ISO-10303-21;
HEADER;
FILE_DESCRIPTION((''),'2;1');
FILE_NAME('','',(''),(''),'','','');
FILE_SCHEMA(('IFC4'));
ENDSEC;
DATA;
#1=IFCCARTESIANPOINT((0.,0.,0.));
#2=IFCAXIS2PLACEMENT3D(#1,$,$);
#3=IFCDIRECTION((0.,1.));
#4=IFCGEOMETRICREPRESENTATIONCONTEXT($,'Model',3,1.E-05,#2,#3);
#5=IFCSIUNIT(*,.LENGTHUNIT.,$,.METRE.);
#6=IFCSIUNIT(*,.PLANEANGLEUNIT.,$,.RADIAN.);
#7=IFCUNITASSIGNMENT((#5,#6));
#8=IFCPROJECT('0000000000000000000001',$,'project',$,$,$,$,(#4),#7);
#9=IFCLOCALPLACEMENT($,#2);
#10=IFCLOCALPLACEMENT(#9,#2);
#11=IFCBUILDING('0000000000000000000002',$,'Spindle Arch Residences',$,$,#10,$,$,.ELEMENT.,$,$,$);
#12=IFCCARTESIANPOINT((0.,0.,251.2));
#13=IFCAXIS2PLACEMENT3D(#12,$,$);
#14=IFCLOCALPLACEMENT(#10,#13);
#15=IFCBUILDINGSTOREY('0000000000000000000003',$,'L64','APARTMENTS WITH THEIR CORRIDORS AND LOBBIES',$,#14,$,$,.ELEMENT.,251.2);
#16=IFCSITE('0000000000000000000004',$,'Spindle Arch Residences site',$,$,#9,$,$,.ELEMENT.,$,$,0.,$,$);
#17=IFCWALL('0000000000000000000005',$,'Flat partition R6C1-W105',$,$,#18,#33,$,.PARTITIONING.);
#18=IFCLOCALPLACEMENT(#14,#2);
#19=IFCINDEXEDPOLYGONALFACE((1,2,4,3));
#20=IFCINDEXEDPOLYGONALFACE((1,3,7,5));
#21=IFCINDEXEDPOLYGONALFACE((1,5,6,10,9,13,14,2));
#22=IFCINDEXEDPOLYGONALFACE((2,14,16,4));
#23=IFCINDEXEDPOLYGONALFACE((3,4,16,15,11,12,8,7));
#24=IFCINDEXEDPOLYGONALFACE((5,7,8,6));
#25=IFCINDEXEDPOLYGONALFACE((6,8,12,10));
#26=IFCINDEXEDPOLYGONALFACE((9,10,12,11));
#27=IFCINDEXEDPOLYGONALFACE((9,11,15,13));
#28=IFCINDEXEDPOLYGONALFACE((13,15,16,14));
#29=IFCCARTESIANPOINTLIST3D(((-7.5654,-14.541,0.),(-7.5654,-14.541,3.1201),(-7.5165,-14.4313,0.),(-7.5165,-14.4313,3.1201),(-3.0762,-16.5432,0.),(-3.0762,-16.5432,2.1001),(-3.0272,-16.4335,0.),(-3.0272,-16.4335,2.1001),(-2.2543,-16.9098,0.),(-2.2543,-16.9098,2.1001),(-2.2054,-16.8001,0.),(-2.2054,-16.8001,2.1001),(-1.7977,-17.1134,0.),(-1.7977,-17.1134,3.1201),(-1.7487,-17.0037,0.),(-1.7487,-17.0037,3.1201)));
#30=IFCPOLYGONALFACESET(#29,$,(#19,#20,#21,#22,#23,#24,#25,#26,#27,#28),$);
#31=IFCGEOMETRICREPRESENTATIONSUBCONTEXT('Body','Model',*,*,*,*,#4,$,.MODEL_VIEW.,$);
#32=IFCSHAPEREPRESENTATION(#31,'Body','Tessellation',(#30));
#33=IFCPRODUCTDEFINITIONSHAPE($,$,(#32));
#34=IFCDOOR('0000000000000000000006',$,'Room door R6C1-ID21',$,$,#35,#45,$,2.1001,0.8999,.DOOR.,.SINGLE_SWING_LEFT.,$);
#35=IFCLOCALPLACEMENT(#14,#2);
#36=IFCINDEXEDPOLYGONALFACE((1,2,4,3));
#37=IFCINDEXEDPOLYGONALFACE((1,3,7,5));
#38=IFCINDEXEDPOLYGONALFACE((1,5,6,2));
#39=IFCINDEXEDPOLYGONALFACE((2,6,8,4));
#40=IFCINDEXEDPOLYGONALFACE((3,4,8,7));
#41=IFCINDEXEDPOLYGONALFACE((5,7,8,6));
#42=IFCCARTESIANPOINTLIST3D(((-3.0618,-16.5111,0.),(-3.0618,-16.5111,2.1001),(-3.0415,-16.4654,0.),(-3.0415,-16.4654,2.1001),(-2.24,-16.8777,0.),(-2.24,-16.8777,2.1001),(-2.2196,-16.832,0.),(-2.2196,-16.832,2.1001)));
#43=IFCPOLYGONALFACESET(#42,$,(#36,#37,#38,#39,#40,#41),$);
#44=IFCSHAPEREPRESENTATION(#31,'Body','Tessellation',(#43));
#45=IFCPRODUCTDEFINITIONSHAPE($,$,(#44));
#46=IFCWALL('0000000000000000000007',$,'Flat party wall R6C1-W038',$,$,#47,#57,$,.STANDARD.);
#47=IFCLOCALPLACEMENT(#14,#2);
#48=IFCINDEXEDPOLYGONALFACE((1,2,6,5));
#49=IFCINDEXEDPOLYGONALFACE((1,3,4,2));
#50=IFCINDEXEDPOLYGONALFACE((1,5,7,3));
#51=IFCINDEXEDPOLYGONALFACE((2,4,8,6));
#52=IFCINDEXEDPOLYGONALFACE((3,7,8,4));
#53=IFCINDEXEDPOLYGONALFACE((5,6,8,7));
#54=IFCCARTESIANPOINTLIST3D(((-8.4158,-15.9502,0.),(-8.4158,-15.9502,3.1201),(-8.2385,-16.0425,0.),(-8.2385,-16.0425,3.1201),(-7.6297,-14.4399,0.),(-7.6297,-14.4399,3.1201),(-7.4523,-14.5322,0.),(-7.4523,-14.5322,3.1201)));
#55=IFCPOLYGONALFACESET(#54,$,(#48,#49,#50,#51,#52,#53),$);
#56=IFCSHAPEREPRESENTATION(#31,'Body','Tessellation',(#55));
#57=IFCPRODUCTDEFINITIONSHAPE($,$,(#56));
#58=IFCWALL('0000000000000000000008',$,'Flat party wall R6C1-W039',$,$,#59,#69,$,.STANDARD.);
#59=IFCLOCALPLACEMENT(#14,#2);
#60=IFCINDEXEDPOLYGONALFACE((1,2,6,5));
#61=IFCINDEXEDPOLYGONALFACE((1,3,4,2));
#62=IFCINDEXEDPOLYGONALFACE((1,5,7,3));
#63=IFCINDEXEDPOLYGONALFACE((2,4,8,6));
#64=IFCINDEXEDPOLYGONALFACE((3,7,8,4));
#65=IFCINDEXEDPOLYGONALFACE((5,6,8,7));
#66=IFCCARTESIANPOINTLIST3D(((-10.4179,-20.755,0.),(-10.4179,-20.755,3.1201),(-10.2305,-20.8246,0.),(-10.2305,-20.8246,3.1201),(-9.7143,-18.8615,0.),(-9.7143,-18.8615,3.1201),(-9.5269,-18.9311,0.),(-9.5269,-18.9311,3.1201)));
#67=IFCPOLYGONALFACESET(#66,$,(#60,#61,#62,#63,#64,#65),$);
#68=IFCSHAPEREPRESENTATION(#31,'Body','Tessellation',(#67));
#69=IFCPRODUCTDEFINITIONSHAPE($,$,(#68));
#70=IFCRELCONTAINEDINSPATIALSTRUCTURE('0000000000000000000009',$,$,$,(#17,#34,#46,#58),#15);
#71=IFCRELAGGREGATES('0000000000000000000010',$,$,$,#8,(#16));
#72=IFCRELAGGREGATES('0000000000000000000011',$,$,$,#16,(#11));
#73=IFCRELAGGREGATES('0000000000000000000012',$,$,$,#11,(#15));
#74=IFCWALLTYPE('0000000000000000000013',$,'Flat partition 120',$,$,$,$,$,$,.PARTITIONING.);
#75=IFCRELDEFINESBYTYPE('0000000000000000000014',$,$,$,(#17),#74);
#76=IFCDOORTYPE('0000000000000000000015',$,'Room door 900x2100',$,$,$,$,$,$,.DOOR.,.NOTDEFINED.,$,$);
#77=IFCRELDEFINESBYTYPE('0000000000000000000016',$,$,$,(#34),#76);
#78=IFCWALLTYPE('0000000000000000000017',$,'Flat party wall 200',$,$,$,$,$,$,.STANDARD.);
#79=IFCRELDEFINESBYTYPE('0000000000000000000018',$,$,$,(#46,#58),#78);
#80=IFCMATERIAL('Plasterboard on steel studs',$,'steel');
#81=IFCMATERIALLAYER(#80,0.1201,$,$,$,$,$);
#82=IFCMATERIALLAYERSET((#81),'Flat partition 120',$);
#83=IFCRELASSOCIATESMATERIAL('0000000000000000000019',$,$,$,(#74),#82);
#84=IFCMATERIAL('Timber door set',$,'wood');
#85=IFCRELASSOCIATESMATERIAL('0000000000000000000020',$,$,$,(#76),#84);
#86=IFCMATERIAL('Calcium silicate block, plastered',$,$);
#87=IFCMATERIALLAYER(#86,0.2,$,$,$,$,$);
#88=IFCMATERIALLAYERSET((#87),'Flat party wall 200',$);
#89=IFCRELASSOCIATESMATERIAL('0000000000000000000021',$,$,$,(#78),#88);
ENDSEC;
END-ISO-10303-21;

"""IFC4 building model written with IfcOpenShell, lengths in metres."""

from ifc_helpers import new_model, si_unit, direction, frame, frame_2d, origin, place, context, subcontext, project, spatial, rectangle, extrude, material, layer, layer_set, type_object, element, fill, save


model = new_model("IFC4")

# Units and contexts
model_context = context("Model", 3, precision=1e-05, world=origin(), true_north=direction((0.0, 1.0)))
body_context = subcontext(model_context, "Body", "Model", "MODEL_VIEW")
ifc_project = project(units=[si_unit("LENGTHUNIT", "METRE"), si_unit("PLANEANGLEUNIT", "RADIAN")], contexts=[model_context])

# Site, building, storey
site_placement = place(None, origin())
site = spatial("IfcSite", under=ifc_project, at=site_placement, Name="Spindle Arch Residences site", CompositionType="ELEMENT", RefElevation=0.0)
building_placement = place(site_placement, origin())
building = spatial("IfcBuilding", under=site, at=building_placement, Name="Spindle Arch Residences", CompositionType="ELEMENT")
storey_placement = place(building_placement, frame((0.0, 0.0, 251.2)))
storey = spatial("IfcBuildingStorey", under=building, at=storey_placement, Name="L64", Description="APARTMENTS WITH THEIR CORRIDORS AND LOBBIES", CompositionType="ELEMENT", Elevation=251.2)

# Shared definitions
ifc_material_1 = material(Name="Plasterboard on steel studs", Category="steel")
ifc_layer_1 = layer(ifc_material_1, 0.1201)
ifc_layer_set_1 = layer_set([ifc_layer_1], Name="Flat partition 120")
wall_type_1 = type_object("IfcWallType", Name="Flat partition 120", PredefinedType="PARTITIONING", material=ifc_layer_set_1)

# Shared definitions
ifc_material_2 = material(Name="Timber door set", Category="wood")
door_type_1 = type_object("IfcDoorType", Name="Room door 900x2100", OperationType="NOTDEFINED", PredefinedType="DOOR", material=ifc_material_2)

# Wall, opening, door
wall_1_placement = place(storey_placement, frame((-1.7732, -17.0586, 0.0), z_axis=(0.0, 0.0, 1.0), x_axis=(-0.91328, 0.407333, 0.0)))
wall_1 = element("IfcWall", 1, at=wall_1_placement, inside=storey, type_object=wall_type_1, Name="Flat partition R6C1-W105", PredefinedType="PARTITIONING", context=body_context, shape_type="SweptSolid", body=[
    extrude(rectangle(XDim=6.3154, YDim=0.1201, at=frame_2d((3.1577, 0.0))), origin(), (0.0, 0.0, 1.0), 3.1201),
])
opening_1_placement = place(wall_1_placement, frame((0.5, 0.0, 0.0)))
opening_1 = element("IfcOpeningElement", 2, at=opening_1_placement, cuts=wall_1, PredefinedType="OPENING", context=body_context, shape_type="SweptSolid", body=[
    extrude(rectangle(XDim=0.8999, YDim=2.1001, at=frame_2d((0.45, 1.05))), frame((0.0, 0.0701, 0.0), z_axis=(0.0, -1.0, 0.0), x_axis=(1.0, 0.0, 0.0)), (0.0, 0.0, 1.0), 0.1401),
])
door_1_placement = place(opening_1_placement, origin())
door_1 = element("IfcDoor", 3, at=door_1_placement, inside=storey, type_object=door_type_1, Name="Room door R6C1-ID21", OperationType="SINGLE_SWING_LEFT", OverallHeight=2.1001, OverallWidth=0.8999, PredefinedType="DOOR", context=body_context, shape_type="SweptSolid", body=[
    extrude(rectangle(XDim=0.8999, YDim=2.1001, at=frame_2d((0.45, 1.05))), frame((0.0, 0.0249, 0.0), z_axis=(0.0, -1.0, 0.0), x_axis=(1.0, 0.0, 0.0)), (0.0, 0.0, 1.0), 0.05),
])
fill(opening_1, door_1)

# Walls
ifc_material_3 = material(Name="Calcium silicate block, plastered")
ifc_layer_2 = layer(ifc_material_3, 0.2)
ifc_layer_set_2 = layer_set([ifc_layer_2], Name="Flat party wall 200")
wall_type_2 = type_object("IfcWallType", Name="Flat party wall 200", PredefinedType="STANDARD", material=ifc_layer_set_2)
wall_2_placement = place(storey_placement, frame((-8.3271, -15.9963, 0.0), z_axis=(0.0, 0.0, 1.0), x_axis=(0.461723, 0.887024, 0.0)))
element("IfcWall", 4, at=wall_2_placement, inside=storey, type_object=wall_type_2, Name="Flat party wall R6C1-W038", PredefinedType="STANDARD", context=body_context, shape_type="SweptSolid", body=[
    extrude(rectangle(XDim=1.7026, YDim=0.2, at=frame_2d((0.8513, 0.0))), origin(), (0.0, 0.0, 1.0), 3.1201),
])
wall_3_placement = place(storey_placement, frame((-10.3242, -20.7898, 0.0), z_axis=(0.0, 0.0, 1.0), x_axis=(0.348314, 0.937378, 0.0)))
element("IfcWall", 5, at=wall_3_placement, inside=storey, type_object=wall_type_2, Name="Flat party wall R6C1-W039", PredefinedType="STANDARD", context=body_context, shape_type="SweptSolid", body=[
    extrude(rectangle(XDim=2.02, YDim=0.2, at=frame_2d((1.01, 0.0))), origin(), (0.0, 0.0, 1.0), 3.1201),
])

save(model, "model.ifc")
